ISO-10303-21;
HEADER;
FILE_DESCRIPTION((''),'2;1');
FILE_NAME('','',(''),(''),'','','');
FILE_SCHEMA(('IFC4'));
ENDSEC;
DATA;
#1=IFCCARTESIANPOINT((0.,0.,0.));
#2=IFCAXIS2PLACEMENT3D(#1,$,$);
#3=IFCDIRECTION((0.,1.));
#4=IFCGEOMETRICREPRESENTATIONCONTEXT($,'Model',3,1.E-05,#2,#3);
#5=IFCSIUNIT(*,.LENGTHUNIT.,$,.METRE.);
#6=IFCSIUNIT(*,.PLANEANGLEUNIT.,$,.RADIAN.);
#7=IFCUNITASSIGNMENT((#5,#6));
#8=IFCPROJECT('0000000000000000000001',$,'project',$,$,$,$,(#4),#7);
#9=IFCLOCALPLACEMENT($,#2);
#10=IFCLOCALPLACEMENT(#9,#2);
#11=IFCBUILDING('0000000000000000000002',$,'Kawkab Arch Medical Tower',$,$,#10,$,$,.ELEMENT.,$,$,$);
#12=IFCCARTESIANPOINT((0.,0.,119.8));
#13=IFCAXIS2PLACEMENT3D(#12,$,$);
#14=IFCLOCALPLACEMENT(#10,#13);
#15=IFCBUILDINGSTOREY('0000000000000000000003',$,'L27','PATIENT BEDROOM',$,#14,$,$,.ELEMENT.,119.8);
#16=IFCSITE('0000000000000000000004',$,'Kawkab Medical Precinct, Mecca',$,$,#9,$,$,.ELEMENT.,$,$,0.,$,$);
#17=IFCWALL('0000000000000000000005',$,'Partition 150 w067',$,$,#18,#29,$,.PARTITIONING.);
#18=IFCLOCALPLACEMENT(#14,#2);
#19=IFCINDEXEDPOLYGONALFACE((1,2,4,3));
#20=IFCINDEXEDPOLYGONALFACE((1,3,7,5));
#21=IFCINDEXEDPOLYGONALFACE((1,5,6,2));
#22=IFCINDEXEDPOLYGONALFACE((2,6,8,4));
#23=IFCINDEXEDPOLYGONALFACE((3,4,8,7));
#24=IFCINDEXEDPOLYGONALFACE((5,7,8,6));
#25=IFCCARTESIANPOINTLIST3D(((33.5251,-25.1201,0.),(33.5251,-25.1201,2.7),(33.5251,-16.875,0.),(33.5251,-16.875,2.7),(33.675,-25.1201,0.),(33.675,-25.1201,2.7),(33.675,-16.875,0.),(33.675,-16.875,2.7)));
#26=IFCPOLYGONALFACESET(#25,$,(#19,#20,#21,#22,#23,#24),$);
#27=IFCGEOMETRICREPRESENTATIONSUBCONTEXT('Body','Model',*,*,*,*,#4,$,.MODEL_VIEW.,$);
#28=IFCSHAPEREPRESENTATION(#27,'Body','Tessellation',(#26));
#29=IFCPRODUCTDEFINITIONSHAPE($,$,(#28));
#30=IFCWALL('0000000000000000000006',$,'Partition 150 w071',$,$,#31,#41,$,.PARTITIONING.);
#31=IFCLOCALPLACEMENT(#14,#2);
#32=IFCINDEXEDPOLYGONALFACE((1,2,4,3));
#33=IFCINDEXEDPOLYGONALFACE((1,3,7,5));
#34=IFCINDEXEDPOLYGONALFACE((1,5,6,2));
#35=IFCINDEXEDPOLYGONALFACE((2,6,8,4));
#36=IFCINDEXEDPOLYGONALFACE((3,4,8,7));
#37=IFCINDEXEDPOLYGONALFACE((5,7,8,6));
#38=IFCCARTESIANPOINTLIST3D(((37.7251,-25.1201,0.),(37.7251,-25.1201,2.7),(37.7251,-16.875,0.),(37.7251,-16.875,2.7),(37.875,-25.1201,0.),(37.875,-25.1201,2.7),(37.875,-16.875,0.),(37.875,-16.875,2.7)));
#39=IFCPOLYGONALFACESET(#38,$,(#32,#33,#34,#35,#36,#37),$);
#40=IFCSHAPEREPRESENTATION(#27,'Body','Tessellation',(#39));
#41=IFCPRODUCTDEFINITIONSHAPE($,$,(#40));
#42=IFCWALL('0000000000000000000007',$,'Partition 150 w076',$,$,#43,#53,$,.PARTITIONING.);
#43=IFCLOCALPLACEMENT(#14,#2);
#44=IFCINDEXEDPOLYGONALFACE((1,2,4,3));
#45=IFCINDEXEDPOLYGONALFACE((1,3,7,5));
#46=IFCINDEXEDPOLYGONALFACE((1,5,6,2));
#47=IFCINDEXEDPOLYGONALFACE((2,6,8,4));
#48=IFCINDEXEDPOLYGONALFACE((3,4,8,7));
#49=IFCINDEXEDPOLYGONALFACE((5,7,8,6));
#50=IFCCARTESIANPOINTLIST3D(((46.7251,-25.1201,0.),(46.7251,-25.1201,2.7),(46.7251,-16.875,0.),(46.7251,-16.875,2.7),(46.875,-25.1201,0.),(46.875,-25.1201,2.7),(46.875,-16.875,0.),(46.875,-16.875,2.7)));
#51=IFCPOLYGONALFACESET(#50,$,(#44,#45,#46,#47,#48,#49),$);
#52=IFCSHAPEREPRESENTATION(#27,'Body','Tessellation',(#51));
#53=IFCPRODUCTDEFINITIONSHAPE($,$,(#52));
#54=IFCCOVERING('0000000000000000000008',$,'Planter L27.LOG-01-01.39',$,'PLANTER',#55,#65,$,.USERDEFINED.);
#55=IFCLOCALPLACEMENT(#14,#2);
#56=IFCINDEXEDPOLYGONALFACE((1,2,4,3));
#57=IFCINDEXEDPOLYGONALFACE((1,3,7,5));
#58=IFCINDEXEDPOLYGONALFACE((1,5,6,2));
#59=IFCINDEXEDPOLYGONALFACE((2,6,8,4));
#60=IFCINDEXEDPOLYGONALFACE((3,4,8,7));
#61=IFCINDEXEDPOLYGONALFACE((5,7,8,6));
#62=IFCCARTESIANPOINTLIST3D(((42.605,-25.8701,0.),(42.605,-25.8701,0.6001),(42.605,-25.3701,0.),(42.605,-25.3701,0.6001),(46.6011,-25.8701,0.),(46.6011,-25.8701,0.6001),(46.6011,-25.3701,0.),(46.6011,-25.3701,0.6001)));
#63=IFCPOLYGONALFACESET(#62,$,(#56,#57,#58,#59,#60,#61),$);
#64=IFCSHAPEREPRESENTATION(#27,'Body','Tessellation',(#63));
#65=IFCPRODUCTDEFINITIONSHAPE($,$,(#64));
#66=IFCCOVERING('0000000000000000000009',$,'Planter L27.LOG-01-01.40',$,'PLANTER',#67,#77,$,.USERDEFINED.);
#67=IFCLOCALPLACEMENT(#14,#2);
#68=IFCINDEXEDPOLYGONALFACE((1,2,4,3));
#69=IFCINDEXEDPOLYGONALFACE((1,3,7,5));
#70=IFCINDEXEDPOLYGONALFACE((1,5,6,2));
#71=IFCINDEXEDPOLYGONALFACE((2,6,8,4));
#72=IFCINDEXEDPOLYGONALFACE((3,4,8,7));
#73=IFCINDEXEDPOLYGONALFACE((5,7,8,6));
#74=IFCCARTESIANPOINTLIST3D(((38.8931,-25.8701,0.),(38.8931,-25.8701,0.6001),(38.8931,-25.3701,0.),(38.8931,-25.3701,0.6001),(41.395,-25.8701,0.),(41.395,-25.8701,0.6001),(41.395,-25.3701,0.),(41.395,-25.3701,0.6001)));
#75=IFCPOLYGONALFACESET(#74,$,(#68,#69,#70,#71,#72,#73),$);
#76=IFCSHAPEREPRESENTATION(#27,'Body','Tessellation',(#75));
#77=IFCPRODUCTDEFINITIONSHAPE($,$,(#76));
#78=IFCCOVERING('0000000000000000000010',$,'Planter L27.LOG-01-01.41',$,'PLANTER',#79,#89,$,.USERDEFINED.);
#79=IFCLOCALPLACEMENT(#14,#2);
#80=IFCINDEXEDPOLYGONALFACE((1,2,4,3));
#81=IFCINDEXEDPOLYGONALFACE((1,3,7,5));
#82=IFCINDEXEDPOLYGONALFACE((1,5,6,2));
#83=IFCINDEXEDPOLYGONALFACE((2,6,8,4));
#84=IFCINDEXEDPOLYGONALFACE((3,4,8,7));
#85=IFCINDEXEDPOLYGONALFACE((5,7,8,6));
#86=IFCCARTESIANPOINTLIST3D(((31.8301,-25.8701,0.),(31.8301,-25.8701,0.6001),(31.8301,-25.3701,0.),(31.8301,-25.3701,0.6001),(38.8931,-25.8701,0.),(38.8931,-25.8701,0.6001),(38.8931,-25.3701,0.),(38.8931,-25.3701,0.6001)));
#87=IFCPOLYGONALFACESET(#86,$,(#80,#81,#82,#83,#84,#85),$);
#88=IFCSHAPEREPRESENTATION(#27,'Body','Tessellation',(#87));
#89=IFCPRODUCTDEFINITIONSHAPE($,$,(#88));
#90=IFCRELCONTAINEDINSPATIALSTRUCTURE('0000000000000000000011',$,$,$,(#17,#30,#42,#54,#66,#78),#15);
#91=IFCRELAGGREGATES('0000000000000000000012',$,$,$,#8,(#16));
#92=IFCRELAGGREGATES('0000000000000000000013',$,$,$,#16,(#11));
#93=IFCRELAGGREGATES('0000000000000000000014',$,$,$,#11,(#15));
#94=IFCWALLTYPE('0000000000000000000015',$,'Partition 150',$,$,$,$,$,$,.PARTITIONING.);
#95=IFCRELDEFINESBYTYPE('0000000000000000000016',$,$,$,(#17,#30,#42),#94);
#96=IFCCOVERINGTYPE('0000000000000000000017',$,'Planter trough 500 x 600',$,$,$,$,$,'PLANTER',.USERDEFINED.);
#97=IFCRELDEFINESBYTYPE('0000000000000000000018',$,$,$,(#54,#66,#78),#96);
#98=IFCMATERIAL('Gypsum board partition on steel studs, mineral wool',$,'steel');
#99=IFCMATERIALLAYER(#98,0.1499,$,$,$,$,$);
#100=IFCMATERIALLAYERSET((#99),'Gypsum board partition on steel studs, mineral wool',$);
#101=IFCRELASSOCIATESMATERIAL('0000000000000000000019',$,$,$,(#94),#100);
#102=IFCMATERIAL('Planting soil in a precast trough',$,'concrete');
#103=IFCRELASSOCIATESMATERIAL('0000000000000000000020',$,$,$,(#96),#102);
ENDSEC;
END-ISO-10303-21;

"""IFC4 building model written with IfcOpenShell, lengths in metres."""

from ifc_helpers import new_model, si_unit, direction, frame, frame_2d, origin, origin_2d, place, context, subcontext, project, spatial, rectangle, extrude, material, layer, layer_set, material_profile, profile_set, type_object, element, save


model = new_model("IFC4")

# Units and contexts
model_context = context("Model", 3, precision=1e-05, world=origin(), true_north=direction((0.0, 1.0)))
body_context = subcontext(model_context, "Body", "Model", "MODEL_VIEW")
ifc_project = project(units=[si_unit("LENGTHUNIT", "METRE"), si_unit("PLANEANGLEUNIT", "RADIAN")], contexts=[model_context])

# Site, building, storey
site_placement = place(None, origin())
site = spatial("IfcSite", under=ifc_project, at=site_placement, Name="Kawkab Medical Precinct, Mecca", CompositionType="ELEMENT", RefElevation=0.0)
building_placement = place(site_placement, origin())
building = spatial("IfcBuilding", under=site, at=building_placement, Name="Kawkab Arch Medical Tower", CompositionType="ELEMENT")
storey_placement = place(building_placement, frame((0.0, 0.0, 119.8)))
storey = spatial("IfcBuildingStorey", under=building, at=storey_placement, Name="L27", Description="PATIENT BEDROOM", CompositionType="ELEMENT", Elevation=119.8)

# Walls
ifc_material_1 = material(Name="Gypsum board partition on steel studs, mineral wool", Category="steel")
ifc_layer_1 = layer(ifc_material_1, 0.1499)
ifc_layer_set_1 = layer_set([ifc_layer_1], Name="Gypsum board partition on steel studs, mineral wool")
wall_type_1 = type_object("IfcWallType", Name="Partition 150", PredefinedType="PARTITIONING", material=ifc_layer_set_1)
for number, where, z_axis, x_axis, name in (
    (1, (33.6001, -25.1201, 0.0), (0.0, 0.0, 1.0), (0.0, 1.0, 0.0), "Partition 150 w067"),
    (2, (37.8, -25.1201, 0.0), (0.0, 0.0, 1.0), (0.0, 1.0, 0.0), "Partition 150 w071"),
    (3, (46.8, -25.1201, 0.0), (0.0, 0.0, 1.0), (0.0, 1.0, 0.0), "Partition 150 w076"),
):
    element("IfcWall", number, at=place(storey_placement, frame(where, z_axis=z_axis, x_axis=x_axis)), inside=storey, type_object=wall_type_1, Name=name, PredefinedType="PARTITIONING", context=body_context, shape_type="SweptSolid", body=[
        extrude(rectangle(XDim=8.2451, YDim=0.1499, at=frame_2d((4.1226, 0.0))), origin(), (0.0, 0.0, 1.0), 2.7),
    ])

# Coverings
ifc_material_2 = material(Name="Planting soil in a precast trough", Category="concrete")
ifc_material_profile_1 = material_profile(ifc_material_2, rectangle(XDim=0.5, YDim=0.6001, at=origin_2d()), Name="Trough 500x600")
ifc_profile_set_1 = profile_set([ifc_material_profile_1], Name="Planting soil in a precast trough")
covering_type = type_object("IfcCoveringType", Name="Planter trough 500 x 600", ElementType="PLANTER", PredefinedType="USERDEFINED", material=ifc_profile_set_1)
covering_1_placement = place(storey_placement, frame((46.6011, -25.6201, 0.3), z_axis=(-1.0, 0.0, 0.0), x_axis=(0.0, -1.0, 0.0)))
element("IfcCovering", 4, at=covering_1_placement, inside=storey, type_object=covering_type, Name="Planter L27.LOG-01-01.39", ObjectType="PLANTER", PredefinedType="USERDEFINED", context=body_context, shape_type="SweptSolid", body=[
    extrude(rectangle(XDim=0.5, YDim=0.6001, at=origin_2d()), origin(), (0.0, 0.0, 1.0), 3.9961),
])
covering_2_placement = place(storey_placement, frame((41.395, -25.6201, 0.3), z_axis=(-1.0, 0.0, 0.0), x_axis=(0.0, -1.0, 0.0)))
element("IfcCovering", 5, at=covering_2_placement, inside=storey, type_object=covering_type, Name="Planter L27.LOG-01-01.40", ObjectType="PLANTER", PredefinedType="USERDEFINED", context=body_context, shape_type="SweptSolid", body=[
    extrude(rectangle(XDim=0.5, YDim=0.6001, at=origin_2d()), origin(), (0.0, 0.0, 1.0), 2.502),
])
covering_3_placement = place(storey_placement, frame((38.8931, -25.6201, 0.3), z_axis=(-1.0, 0.0, 0.0), x_axis=(0.0, -1.0, 0.0)))
element("IfcCovering", 6, at=covering_3_placement, inside=storey, type_object=covering_type, Name="Planter L27.LOG-01-01.41", ObjectType="PLANTER", PredefinedType="USERDEFINED", context=body_context, shape_type="SweptSolid", body=[
    extrude(rectangle(XDim=0.5, YDim=0.6001, at=origin_2d()), origin(), (0.0, 0.0, 1.0), 7.063),
])

save(model, "model.ifc")
